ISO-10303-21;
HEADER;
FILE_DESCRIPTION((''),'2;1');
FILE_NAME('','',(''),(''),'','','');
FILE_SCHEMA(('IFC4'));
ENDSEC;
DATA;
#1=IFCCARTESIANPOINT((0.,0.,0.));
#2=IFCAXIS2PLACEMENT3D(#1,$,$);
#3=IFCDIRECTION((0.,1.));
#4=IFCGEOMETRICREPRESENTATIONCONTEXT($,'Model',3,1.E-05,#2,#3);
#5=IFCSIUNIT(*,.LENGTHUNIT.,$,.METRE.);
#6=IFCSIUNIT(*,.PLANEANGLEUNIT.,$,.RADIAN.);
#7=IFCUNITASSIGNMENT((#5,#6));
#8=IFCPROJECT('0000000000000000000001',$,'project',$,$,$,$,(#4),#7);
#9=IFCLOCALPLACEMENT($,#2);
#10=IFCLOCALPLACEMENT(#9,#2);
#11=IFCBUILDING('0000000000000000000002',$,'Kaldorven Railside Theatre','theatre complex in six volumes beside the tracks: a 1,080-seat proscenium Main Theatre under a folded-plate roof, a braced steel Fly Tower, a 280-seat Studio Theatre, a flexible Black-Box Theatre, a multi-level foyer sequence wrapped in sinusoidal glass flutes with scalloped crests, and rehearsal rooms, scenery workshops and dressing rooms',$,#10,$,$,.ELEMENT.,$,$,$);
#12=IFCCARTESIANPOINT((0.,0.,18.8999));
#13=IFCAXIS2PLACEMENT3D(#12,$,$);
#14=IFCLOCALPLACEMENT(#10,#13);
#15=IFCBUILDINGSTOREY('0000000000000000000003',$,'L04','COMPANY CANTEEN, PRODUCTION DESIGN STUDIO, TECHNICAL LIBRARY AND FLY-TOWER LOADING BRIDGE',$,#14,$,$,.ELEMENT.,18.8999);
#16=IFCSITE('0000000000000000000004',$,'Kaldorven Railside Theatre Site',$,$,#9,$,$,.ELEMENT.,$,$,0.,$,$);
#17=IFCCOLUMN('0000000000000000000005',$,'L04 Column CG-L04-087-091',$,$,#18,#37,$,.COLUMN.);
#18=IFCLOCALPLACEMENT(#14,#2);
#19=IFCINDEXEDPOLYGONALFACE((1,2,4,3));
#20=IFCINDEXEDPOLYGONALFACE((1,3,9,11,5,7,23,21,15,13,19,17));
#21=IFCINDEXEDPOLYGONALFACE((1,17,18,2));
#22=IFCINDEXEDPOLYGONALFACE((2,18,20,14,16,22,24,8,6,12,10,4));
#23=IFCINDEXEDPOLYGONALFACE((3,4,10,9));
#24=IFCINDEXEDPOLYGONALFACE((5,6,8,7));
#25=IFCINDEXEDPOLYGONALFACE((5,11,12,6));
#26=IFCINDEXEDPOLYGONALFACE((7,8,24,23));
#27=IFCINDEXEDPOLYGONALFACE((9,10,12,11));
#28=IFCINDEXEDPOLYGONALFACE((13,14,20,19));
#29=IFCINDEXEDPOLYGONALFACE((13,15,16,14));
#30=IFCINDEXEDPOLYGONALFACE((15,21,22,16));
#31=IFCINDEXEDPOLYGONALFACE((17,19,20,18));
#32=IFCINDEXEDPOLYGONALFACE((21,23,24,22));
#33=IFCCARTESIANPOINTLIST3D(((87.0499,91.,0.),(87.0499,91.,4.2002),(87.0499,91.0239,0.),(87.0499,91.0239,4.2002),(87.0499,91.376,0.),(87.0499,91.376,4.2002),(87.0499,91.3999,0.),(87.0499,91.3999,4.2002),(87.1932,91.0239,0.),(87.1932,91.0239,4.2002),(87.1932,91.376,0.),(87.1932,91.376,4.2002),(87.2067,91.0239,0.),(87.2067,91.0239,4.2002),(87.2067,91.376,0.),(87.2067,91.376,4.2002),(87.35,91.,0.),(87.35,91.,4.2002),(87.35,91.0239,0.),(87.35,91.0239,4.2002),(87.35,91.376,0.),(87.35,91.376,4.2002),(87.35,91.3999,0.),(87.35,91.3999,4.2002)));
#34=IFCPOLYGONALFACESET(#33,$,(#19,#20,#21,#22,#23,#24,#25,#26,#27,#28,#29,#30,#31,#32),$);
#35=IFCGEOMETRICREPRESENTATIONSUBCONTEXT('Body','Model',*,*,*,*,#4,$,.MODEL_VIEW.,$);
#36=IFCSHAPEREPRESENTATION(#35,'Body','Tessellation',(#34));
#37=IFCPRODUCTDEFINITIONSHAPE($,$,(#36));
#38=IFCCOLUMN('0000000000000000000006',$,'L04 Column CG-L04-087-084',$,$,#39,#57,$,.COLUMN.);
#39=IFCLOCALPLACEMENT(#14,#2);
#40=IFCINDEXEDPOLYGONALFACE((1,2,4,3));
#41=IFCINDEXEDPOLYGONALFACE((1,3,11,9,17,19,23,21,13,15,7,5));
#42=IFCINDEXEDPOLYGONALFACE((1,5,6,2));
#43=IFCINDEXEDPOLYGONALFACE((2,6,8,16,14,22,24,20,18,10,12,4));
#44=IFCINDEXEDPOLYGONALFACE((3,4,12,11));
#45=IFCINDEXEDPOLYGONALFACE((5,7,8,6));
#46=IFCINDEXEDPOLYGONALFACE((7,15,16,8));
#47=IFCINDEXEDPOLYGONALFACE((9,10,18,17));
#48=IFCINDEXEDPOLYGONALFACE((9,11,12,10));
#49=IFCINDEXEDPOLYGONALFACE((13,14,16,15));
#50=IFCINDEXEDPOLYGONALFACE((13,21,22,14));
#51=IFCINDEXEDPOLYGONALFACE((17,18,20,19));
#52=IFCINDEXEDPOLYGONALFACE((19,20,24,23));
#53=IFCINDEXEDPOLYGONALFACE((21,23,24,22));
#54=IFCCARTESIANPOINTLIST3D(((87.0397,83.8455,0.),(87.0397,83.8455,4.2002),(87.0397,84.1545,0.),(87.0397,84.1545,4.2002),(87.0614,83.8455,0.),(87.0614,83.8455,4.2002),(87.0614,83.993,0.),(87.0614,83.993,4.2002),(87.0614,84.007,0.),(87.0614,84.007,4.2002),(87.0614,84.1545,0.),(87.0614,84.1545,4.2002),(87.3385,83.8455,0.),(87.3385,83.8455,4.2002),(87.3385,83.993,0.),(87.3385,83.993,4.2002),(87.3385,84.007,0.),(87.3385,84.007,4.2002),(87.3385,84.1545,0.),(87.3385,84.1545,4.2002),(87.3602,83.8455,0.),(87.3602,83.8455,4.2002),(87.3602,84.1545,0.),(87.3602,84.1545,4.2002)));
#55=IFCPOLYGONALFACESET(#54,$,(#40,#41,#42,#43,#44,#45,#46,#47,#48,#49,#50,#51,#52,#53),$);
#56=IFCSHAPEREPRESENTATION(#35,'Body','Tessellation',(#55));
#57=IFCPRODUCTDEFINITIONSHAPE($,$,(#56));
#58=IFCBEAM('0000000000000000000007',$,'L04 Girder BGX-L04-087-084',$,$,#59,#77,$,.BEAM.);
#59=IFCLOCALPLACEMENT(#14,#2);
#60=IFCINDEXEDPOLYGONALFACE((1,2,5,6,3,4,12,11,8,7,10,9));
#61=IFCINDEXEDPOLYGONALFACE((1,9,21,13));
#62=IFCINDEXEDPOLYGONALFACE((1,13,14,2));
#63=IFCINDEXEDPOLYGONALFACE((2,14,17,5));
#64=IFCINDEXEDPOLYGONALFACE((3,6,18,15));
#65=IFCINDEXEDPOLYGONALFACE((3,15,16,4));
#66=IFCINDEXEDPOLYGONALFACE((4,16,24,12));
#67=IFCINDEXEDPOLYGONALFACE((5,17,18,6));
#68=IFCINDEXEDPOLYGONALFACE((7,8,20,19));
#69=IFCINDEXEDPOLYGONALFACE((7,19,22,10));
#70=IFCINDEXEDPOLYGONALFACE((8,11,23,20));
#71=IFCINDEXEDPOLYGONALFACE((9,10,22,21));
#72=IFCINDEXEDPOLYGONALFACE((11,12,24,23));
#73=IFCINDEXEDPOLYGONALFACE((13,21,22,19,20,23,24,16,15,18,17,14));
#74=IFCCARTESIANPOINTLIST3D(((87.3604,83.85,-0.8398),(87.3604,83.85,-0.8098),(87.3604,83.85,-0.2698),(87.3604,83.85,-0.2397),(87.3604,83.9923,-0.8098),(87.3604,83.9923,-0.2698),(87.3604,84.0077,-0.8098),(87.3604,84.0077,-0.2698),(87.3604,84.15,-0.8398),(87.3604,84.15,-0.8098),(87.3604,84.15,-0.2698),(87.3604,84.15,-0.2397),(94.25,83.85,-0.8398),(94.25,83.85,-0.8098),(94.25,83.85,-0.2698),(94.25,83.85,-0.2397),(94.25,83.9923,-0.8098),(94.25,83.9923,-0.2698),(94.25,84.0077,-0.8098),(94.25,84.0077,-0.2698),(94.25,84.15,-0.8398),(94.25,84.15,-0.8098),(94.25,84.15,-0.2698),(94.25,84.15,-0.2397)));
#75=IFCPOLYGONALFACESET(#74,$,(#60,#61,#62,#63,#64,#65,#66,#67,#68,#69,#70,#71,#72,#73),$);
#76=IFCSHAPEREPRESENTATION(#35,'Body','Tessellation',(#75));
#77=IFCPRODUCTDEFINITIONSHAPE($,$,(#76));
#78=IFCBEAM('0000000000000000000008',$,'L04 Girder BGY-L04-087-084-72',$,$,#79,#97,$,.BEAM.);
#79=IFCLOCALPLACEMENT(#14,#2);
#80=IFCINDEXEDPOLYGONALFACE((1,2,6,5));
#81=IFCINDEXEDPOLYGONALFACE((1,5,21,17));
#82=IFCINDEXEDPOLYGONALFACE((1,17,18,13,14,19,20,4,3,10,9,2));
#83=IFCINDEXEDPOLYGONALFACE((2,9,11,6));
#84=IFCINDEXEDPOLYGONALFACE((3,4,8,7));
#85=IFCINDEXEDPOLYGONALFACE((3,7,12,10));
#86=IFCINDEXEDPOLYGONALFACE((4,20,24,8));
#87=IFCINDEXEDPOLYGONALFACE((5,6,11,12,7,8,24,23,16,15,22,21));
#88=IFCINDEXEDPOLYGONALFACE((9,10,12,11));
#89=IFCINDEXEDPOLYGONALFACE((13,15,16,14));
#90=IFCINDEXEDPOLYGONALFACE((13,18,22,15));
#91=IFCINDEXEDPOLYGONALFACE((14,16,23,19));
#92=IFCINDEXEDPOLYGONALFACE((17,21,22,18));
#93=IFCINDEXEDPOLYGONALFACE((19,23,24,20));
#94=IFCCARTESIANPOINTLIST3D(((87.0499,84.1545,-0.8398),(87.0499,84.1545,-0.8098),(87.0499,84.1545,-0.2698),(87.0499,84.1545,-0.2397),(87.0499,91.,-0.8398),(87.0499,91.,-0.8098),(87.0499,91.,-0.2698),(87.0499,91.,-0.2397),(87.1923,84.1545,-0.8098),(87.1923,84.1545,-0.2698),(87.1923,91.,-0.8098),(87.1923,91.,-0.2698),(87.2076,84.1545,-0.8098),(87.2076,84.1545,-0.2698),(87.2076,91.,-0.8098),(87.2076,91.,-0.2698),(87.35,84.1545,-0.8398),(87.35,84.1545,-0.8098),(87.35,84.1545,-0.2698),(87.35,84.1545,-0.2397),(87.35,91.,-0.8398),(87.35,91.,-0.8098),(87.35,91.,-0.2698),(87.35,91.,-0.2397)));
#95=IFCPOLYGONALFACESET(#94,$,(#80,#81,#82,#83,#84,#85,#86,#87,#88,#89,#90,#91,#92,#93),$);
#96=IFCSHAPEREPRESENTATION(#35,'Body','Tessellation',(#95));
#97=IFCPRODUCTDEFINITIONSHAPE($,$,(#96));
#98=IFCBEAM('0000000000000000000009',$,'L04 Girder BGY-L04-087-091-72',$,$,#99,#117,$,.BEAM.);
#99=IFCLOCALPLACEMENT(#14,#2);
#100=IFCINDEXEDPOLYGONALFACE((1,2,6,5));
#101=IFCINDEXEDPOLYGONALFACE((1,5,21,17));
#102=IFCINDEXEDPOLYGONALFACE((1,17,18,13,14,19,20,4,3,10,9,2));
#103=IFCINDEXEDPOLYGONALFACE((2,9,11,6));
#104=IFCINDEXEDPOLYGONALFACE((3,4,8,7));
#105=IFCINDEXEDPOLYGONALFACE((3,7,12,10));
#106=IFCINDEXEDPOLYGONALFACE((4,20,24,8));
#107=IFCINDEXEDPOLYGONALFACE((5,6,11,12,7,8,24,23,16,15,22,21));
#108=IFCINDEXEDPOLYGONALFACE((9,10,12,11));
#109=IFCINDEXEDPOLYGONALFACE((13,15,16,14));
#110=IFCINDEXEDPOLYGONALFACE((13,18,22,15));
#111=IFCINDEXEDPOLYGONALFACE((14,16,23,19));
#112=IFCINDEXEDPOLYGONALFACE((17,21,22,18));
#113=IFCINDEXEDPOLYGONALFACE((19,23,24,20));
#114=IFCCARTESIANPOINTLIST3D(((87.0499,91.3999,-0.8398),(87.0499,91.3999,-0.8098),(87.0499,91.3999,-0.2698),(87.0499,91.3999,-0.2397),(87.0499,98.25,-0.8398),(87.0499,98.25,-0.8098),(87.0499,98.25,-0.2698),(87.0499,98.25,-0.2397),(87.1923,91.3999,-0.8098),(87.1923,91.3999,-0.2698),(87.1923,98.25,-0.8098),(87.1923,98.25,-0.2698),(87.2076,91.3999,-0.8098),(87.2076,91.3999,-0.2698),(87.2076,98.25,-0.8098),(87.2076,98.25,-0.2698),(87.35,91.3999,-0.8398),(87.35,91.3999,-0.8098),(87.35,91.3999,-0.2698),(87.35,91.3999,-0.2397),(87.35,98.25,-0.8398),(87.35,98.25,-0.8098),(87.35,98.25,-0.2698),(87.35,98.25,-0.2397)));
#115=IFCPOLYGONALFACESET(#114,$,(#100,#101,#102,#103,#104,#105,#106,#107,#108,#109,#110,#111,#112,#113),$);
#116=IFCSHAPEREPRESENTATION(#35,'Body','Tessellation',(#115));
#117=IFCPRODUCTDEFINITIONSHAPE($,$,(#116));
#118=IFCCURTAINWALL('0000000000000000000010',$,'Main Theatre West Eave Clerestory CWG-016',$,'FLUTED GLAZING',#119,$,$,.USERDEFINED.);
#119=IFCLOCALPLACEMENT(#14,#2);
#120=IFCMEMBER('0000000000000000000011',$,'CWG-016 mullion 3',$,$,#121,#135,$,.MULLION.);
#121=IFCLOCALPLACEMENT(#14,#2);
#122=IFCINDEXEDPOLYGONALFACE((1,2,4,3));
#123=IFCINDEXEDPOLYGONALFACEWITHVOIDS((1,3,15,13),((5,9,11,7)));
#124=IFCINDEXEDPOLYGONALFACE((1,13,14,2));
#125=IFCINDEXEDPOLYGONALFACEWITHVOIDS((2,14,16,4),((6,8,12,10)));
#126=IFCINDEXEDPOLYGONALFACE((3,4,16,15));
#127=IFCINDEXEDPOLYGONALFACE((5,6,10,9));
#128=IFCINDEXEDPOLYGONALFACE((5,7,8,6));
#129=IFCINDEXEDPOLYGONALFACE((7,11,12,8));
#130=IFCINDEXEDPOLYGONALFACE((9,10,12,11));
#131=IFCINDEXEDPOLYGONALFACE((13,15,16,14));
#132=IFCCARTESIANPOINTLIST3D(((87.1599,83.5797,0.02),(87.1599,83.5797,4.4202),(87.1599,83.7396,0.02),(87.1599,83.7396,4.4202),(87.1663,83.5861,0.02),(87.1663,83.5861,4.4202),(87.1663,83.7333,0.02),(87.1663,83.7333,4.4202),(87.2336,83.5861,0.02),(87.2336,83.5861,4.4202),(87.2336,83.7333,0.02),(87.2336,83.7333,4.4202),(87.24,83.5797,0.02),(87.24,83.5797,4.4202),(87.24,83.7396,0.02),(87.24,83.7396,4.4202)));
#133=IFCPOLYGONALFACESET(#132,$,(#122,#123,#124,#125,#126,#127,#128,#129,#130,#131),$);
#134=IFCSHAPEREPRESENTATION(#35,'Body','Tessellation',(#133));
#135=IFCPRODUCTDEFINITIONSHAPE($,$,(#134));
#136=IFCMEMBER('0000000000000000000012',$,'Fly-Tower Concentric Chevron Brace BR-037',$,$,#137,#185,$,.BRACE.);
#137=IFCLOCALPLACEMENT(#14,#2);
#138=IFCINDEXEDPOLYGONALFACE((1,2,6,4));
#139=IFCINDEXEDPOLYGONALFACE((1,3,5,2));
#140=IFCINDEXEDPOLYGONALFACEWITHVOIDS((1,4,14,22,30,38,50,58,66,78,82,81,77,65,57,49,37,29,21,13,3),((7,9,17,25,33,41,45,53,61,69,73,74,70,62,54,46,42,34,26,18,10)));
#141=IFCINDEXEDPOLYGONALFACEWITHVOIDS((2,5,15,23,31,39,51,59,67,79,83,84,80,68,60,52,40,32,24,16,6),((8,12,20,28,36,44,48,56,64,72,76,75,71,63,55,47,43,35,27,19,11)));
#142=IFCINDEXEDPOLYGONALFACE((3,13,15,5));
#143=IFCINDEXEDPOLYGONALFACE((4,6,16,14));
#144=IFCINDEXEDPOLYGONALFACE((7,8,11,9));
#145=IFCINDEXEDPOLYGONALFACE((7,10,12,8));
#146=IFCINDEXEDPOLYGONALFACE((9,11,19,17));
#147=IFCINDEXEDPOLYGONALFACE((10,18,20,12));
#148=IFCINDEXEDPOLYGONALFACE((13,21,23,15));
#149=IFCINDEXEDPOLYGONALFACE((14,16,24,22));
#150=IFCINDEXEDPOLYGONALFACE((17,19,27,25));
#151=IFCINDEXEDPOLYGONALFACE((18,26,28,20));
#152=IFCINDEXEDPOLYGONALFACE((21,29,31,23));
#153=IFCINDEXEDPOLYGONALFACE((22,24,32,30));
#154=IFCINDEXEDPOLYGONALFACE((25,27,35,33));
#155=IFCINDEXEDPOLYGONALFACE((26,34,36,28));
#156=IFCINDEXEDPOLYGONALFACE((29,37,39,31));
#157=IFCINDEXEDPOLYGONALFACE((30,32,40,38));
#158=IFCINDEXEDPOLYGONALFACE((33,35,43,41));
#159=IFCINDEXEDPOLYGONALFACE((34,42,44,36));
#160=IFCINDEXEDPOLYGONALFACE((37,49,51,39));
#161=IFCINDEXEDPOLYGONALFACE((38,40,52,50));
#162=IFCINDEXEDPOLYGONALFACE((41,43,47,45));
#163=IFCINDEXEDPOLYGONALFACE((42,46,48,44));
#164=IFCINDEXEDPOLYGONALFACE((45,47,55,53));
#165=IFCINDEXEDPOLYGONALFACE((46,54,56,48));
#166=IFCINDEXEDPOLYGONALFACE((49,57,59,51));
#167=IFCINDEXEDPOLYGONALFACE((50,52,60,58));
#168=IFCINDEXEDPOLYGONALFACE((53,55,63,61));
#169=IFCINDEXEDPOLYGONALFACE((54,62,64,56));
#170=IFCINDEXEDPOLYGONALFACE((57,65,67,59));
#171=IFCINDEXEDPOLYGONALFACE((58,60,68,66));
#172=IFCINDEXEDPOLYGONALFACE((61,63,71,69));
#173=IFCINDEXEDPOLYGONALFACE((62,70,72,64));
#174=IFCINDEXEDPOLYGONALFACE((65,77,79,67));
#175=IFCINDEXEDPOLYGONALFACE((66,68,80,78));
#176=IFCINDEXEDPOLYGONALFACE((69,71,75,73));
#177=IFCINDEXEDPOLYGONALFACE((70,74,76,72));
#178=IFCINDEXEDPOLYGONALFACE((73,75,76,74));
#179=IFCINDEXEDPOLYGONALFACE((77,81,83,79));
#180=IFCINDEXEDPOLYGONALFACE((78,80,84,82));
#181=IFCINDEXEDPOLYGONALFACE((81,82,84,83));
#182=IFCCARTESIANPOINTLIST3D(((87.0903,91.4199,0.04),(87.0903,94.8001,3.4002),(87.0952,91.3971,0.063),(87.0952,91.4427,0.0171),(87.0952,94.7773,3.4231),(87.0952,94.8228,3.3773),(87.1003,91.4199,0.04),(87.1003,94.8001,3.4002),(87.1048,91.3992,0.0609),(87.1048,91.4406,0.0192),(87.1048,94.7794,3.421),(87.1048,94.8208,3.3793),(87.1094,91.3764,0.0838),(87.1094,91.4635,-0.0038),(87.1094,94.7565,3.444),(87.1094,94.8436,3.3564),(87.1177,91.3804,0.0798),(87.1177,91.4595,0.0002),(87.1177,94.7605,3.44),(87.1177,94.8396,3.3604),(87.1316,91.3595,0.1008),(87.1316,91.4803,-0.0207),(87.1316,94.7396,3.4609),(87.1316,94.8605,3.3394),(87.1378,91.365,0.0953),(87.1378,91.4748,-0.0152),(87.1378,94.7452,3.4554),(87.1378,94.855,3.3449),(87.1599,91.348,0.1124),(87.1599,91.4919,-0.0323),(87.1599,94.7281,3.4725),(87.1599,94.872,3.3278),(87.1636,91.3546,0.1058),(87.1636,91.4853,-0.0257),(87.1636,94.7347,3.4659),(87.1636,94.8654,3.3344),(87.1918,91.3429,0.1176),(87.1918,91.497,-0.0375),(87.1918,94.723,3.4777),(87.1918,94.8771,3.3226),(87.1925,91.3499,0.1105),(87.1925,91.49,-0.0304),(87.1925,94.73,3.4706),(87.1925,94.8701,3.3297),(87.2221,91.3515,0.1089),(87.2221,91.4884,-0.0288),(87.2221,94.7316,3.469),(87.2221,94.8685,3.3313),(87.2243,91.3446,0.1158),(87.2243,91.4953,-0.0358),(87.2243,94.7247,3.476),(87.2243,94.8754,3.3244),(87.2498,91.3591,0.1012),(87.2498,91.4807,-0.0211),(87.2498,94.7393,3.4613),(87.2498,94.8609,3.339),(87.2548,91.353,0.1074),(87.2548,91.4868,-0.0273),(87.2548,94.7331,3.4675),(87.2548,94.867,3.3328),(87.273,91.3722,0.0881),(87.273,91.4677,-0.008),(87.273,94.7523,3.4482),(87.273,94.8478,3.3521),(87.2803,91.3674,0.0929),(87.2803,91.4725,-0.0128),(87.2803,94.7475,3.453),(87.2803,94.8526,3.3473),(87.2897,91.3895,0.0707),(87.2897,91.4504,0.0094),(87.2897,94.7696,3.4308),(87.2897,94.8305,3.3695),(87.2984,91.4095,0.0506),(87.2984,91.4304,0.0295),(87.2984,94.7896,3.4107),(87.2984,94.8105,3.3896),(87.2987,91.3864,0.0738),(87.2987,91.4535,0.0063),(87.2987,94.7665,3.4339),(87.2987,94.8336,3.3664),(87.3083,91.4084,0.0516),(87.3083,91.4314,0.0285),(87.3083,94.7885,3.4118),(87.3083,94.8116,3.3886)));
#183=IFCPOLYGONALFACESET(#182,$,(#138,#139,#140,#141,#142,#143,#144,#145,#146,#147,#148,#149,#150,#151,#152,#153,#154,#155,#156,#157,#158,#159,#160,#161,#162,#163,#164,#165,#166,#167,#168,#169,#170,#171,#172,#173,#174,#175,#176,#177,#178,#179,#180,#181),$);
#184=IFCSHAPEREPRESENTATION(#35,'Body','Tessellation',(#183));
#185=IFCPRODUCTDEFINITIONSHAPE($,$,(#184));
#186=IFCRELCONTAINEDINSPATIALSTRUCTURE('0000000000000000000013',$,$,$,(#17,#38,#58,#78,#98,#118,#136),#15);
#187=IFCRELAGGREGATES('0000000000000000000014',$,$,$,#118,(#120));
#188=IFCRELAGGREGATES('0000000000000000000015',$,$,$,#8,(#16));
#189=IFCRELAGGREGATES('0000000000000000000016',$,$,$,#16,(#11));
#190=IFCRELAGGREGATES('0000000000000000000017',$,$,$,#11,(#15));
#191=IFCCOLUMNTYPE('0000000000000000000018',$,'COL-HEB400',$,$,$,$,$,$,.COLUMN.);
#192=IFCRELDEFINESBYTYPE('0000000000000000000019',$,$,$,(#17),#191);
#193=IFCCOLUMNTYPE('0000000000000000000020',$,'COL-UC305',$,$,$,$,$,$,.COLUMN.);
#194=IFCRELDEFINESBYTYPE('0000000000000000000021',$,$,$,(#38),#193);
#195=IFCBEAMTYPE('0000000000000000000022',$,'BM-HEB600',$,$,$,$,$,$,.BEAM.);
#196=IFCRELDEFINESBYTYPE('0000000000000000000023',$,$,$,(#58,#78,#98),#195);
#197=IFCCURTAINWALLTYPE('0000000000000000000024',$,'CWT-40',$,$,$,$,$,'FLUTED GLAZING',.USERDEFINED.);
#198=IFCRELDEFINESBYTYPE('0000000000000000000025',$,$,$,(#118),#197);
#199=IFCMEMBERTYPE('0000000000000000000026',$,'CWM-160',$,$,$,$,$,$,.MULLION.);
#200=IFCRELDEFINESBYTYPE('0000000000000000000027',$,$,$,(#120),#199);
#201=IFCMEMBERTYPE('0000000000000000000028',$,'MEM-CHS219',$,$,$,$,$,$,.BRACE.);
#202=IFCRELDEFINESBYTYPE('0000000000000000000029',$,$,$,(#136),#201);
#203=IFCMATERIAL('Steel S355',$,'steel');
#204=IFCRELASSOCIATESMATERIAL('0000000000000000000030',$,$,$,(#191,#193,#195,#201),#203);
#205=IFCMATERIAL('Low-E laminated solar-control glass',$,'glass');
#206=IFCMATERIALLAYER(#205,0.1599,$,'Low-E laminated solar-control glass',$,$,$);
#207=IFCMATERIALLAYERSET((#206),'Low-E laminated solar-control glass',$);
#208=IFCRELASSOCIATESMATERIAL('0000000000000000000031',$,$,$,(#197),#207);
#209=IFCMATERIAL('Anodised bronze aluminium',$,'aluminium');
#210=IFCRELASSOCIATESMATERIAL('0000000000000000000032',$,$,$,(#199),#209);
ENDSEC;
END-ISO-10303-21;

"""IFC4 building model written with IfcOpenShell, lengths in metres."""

from ifc_helpers import new_model, si_unit, direction, frame, origin, origin_2d, place, context, subcontext, project, spatial, hollow_rectangle, hollow_circle, i_section, extrude, material, layer, layer_set, material_profile, profile_set, type_object, element, aggregate, save


model = new_model("IFC4")

# Units and contexts
model_context = context("Model", 3, precision=1e-05, world=origin(), true_north=direction((0.0, 1.0)))
body_context = subcontext(model_context, "Body", "Model", "MODEL_VIEW")
ifc_project = project(units=[si_unit("LENGTHUNIT", "METRE"), si_unit("PLANEANGLEUNIT", "RADIAN")], contexts=[model_context])

# Site, building, storey
site_placement = place(None, origin())
site = spatial("IfcSite", under=ifc_project, at=site_placement, Name="Kaldorven Railside Theatre Site", CompositionType="ELEMENT", RefElevation=0.0)
building_placement = place(site_placement, origin())
building = spatial("IfcBuilding", under=site, at=building_placement, Name="Kaldorven Railside Theatre", Description="theatre complex in six volumes beside the tracks: a 1,080-seat proscenium Main Theatre under a folded-plate roof, a braced steel Fly Tower, a 280-seat Studio Theatre, a flexible Black-Box Theatre, a multi-level foyer sequence wrapped in sinusoidal glass flutes with scalloped crests, and rehearsal rooms, scenery workshops and dressing rooms", CompositionType="ELEMENT")
storey_placement = place(building_placement, frame((0.0, 0.0, 18.8999)))
storey = spatial("IfcBuildingStorey", under=building, at=storey_placement, Name="L04", Description="COMPANY CANTEEN, PRODUCTION DESIGN STUDIO, TECHNICAL LIBRARY AND FLY-TOWER LOADING BRIDGE", CompositionType="ELEMENT", Elevation=18.8999)

# Columns
ifc_material_1 = material(Name="Steel S355", Category="steel")
ifc_material_profile_1 = material_profile(ifc_material_1, i_section(OverallWidth=0.3, OverallDepth=0.3999, WebThickness=0.0134, FlangeThickness=0.0239, at=origin_2d()), Name="HEB 400")
ifc_profile_set_1 = profile_set([ifc_material_profile_1], Name="Steel S355")
column_type_1 = type_object("IfcColumnType", Name="COL-HEB400", PredefinedType="COLUMN", material=ifc_profile_set_1)
column_1_placement = place(storey_placement, frame((87.2, 91.2, 0.0), z_axis=(0.0, 0.0, 1.0), x_axis=(1.0, 0.0, 0.0)))
element("IfcColumn", 1, at=column_1_placement, inside=storey, type_object=column_type_1, Name="L04 Column CG-L04-087-091", PredefinedType="COLUMN", context=body_context, shape_type="SweptSolid", body=[
    extrude(i_section(OverallWidth=0.3, OverallDepth=0.3999, WebThickness=0.0134, FlangeThickness=0.0239, at=origin_2d()), origin(), (0.0, 0.0, 1.0), 4.2002),
])
ifc_material_profile_2 = material_profile(ifc_material_1, i_section(OverallWidth=0.3091, OverallDepth=0.3206, WebThickness=0.0139, FlangeThickness=0.0217, at=origin_2d()), Name="UC 305x305x137")
ifc_profile_set_2 = profile_set([ifc_material_profile_2], Name="Steel S355")
column_type_2 = type_object("IfcColumnType", Name="COL-UC305", PredefinedType="COLUMN", material=ifc_profile_set_2)
column_2_placement = place(storey_placement, frame((87.2, 84.0, 0.0), z_axis=(0.0, 0.0, 1.0), x_axis=(0.0, 1.0, 0.0)))
element("IfcColumn", 2, at=column_2_placement, inside=storey, type_object=column_type_2, Name="L04 Column CG-L04-087-084", PredefinedType="COLUMN", context=body_context, shape_type="SweptSolid", body=[
    extrude(i_section(OverallWidth=0.3091, OverallDepth=0.3206, WebThickness=0.0139, FlangeThickness=0.0217, at=origin_2d()), origin(), (0.0, 0.0, 1.0), 4.2002),
])

# Beams
ifc_material_profile_3 = material_profile(ifc_material_1, i_section(OverallWidth=0.3, OverallDepth=0.6001, WebThickness=0.0154, FlangeThickness=0.03, at=origin_2d()), Name="HEB 600")
ifc_profile_set_3 = profile_set([ifc_material_profile_3], Name="Steel S355")
beam_type = type_object("IfcBeamType", Name="BM-HEB600", PredefinedType="BEAM", material=ifc_profile_set_3)
beam_1_placement = place(storey_placement, frame((87.3604, 84.0, -0.5398), z_axis=(1.0, 0.0, 0.0), x_axis=(0.0, 1.0, 0.0)))
element("IfcBeam", 3, at=beam_1_placement, inside=storey, type_object=beam_type, Name="L04 Girder BGX-L04-087-084", PredefinedType="BEAM", context=body_context, shape_type="SweptSolid", body=[
    extrude(i_section(OverallWidth=0.3, OverallDepth=0.6001, WebThickness=0.0154, FlangeThickness=0.03, at=origin_2d()), origin(), (0.0, 0.0, 1.0), 6.8896),
])
beam_2_placement = place(storey_placement, frame((87.2, 84.1545, -0.5398), z_axis=(0.0, 1.0, 0.0), x_axis=(-1.0, 0.0, 0.0)))
element("IfcBeam", 4, at=beam_2_placement, inside=storey, type_object=beam_type, Name="L04 Girder BGY-L04-087-084-72", PredefinedType="BEAM", context=body_context, shape_type="SweptSolid", body=[
    extrude(i_section(OverallWidth=0.3, OverallDepth=0.6001, WebThickness=0.0154, FlangeThickness=0.03, at=origin_2d()), origin(), (0.0, 0.0, 1.0), 6.8455),
])
beam_3_placement = place(storey_placement, frame((87.2, 91.3999, -0.5398), z_axis=(0.0, 1.0, 0.0), x_axis=(-1.0, 0.0, 0.0)))
element("IfcBeam", 5, at=beam_3_placement, inside=storey, type_object=beam_type, Name="L04 Girder BGY-L04-087-091-72", PredefinedType="BEAM", context=body_context, shape_type="SweptSolid", body=[
    extrude(i_section(OverallWidth=0.3, OverallDepth=0.6001, WebThickness=0.0154, FlangeThickness=0.03, at=origin_2d()), origin(), (0.0, 0.0, 1.0), 6.8501),
])

# Curtain wall, member
ifc_material_2 = material(Name="Low-E laminated solar-control glass", Category="glass")
ifc_layer_1 = layer(ifc_material_2, 0.1599, Name="Low-E laminated solar-control glass")
ifc_layer_set_1 = layer_set([ifc_layer_1], Name="Low-E laminated solar-control glass")
curtain_wall_type = type_object("IfcCurtainWallType", Name="CWT-40", ElementType="FLUTED GLAZING", PredefinedType="USERDEFINED", material=ifc_layer_set_1)
curtain_wall_placement = place(storey_placement, origin())
curtain_wall = element("IfcCurtainWall", 6, at=curtain_wall_placement, inside=storey, type_object=curtain_wall_type, Name="Main Theatre West Eave Clerestory CWG-016", ObjectType="FLUTED GLAZING", PredefinedType="USERDEFINED")
ifc_material_3 = material(Name="Anodised bronze aluminium", Category="aluminium")
ifc_material_profile_4 = material_profile(ifc_material_3, hollow_rectangle(XDim=0.0801, YDim=0.1599, WallThickness=0.0063, at=origin_2d()), Name="RHS 160x80x6.3")
ifc_profile_set_4 = profile_set([ifc_material_profile_4], Name="Anodised bronze aluminium")
member_type_1 = type_object("IfcMemberType", Name="CWM-160", PredefinedType="MULLION", material=ifc_profile_set_4)
member_1_placement = place(storey_placement, frame((87.2, 83.6597, 0.02), z_axis=(0.0, 0.0, 1.0), x_axis=(-1.0, 0.0, 0.0)))
member_1 = element("IfcMember", 7, at=member_1_placement, type_object=member_type_1, Name="CWG-016 mullion 3", PredefinedType="MULLION", context=body_context, shape_type="SweptSolid", body=[
    extrude(hollow_rectangle(XDim=0.0801, YDim=0.1599, WallThickness=0.0063, at=origin_2d()), origin(), (0.0, 0.0, 1.0), 4.4001),
])

# Member
ifc_material_profile_5 = material_profile(ifc_material_1, hollow_circle(Radius=0.1096, WallThickness=0.01, at=origin_2d()), Name="CHS 219.1x10")
ifc_profile_set_5 = profile_set([ifc_material_profile_5], Name="Steel S355")
member_type_2 = type_object("IfcMemberType", Name="MEM-CHS219", PredefinedType="BRACE", material=ifc_profile_set_5)
member_2_placement = place(storey_placement, frame((87.2, 91.4199, 0.04), z_axis=(0.0, 0.709204, 0.705003), x_axis=(-1.0, 0.0, 0.0)))
element("IfcMember", 8, at=member_2_placement, inside=storey, type_object=member_type_2, Name="Fly-Tower Concentric Chevron Brace BR-037", PredefinedType="BRACE", context=body_context, shape_type="SweptSolid", body=[
    extrude(hollow_circle(Radius=0.1096, WallThickness=0.01, at=origin_2d()), origin(), (0.0, 0.0, 1.0), 4.7661),
])

aggregate(curtain_wall, [member_1])

save(model, "model.ifc")
